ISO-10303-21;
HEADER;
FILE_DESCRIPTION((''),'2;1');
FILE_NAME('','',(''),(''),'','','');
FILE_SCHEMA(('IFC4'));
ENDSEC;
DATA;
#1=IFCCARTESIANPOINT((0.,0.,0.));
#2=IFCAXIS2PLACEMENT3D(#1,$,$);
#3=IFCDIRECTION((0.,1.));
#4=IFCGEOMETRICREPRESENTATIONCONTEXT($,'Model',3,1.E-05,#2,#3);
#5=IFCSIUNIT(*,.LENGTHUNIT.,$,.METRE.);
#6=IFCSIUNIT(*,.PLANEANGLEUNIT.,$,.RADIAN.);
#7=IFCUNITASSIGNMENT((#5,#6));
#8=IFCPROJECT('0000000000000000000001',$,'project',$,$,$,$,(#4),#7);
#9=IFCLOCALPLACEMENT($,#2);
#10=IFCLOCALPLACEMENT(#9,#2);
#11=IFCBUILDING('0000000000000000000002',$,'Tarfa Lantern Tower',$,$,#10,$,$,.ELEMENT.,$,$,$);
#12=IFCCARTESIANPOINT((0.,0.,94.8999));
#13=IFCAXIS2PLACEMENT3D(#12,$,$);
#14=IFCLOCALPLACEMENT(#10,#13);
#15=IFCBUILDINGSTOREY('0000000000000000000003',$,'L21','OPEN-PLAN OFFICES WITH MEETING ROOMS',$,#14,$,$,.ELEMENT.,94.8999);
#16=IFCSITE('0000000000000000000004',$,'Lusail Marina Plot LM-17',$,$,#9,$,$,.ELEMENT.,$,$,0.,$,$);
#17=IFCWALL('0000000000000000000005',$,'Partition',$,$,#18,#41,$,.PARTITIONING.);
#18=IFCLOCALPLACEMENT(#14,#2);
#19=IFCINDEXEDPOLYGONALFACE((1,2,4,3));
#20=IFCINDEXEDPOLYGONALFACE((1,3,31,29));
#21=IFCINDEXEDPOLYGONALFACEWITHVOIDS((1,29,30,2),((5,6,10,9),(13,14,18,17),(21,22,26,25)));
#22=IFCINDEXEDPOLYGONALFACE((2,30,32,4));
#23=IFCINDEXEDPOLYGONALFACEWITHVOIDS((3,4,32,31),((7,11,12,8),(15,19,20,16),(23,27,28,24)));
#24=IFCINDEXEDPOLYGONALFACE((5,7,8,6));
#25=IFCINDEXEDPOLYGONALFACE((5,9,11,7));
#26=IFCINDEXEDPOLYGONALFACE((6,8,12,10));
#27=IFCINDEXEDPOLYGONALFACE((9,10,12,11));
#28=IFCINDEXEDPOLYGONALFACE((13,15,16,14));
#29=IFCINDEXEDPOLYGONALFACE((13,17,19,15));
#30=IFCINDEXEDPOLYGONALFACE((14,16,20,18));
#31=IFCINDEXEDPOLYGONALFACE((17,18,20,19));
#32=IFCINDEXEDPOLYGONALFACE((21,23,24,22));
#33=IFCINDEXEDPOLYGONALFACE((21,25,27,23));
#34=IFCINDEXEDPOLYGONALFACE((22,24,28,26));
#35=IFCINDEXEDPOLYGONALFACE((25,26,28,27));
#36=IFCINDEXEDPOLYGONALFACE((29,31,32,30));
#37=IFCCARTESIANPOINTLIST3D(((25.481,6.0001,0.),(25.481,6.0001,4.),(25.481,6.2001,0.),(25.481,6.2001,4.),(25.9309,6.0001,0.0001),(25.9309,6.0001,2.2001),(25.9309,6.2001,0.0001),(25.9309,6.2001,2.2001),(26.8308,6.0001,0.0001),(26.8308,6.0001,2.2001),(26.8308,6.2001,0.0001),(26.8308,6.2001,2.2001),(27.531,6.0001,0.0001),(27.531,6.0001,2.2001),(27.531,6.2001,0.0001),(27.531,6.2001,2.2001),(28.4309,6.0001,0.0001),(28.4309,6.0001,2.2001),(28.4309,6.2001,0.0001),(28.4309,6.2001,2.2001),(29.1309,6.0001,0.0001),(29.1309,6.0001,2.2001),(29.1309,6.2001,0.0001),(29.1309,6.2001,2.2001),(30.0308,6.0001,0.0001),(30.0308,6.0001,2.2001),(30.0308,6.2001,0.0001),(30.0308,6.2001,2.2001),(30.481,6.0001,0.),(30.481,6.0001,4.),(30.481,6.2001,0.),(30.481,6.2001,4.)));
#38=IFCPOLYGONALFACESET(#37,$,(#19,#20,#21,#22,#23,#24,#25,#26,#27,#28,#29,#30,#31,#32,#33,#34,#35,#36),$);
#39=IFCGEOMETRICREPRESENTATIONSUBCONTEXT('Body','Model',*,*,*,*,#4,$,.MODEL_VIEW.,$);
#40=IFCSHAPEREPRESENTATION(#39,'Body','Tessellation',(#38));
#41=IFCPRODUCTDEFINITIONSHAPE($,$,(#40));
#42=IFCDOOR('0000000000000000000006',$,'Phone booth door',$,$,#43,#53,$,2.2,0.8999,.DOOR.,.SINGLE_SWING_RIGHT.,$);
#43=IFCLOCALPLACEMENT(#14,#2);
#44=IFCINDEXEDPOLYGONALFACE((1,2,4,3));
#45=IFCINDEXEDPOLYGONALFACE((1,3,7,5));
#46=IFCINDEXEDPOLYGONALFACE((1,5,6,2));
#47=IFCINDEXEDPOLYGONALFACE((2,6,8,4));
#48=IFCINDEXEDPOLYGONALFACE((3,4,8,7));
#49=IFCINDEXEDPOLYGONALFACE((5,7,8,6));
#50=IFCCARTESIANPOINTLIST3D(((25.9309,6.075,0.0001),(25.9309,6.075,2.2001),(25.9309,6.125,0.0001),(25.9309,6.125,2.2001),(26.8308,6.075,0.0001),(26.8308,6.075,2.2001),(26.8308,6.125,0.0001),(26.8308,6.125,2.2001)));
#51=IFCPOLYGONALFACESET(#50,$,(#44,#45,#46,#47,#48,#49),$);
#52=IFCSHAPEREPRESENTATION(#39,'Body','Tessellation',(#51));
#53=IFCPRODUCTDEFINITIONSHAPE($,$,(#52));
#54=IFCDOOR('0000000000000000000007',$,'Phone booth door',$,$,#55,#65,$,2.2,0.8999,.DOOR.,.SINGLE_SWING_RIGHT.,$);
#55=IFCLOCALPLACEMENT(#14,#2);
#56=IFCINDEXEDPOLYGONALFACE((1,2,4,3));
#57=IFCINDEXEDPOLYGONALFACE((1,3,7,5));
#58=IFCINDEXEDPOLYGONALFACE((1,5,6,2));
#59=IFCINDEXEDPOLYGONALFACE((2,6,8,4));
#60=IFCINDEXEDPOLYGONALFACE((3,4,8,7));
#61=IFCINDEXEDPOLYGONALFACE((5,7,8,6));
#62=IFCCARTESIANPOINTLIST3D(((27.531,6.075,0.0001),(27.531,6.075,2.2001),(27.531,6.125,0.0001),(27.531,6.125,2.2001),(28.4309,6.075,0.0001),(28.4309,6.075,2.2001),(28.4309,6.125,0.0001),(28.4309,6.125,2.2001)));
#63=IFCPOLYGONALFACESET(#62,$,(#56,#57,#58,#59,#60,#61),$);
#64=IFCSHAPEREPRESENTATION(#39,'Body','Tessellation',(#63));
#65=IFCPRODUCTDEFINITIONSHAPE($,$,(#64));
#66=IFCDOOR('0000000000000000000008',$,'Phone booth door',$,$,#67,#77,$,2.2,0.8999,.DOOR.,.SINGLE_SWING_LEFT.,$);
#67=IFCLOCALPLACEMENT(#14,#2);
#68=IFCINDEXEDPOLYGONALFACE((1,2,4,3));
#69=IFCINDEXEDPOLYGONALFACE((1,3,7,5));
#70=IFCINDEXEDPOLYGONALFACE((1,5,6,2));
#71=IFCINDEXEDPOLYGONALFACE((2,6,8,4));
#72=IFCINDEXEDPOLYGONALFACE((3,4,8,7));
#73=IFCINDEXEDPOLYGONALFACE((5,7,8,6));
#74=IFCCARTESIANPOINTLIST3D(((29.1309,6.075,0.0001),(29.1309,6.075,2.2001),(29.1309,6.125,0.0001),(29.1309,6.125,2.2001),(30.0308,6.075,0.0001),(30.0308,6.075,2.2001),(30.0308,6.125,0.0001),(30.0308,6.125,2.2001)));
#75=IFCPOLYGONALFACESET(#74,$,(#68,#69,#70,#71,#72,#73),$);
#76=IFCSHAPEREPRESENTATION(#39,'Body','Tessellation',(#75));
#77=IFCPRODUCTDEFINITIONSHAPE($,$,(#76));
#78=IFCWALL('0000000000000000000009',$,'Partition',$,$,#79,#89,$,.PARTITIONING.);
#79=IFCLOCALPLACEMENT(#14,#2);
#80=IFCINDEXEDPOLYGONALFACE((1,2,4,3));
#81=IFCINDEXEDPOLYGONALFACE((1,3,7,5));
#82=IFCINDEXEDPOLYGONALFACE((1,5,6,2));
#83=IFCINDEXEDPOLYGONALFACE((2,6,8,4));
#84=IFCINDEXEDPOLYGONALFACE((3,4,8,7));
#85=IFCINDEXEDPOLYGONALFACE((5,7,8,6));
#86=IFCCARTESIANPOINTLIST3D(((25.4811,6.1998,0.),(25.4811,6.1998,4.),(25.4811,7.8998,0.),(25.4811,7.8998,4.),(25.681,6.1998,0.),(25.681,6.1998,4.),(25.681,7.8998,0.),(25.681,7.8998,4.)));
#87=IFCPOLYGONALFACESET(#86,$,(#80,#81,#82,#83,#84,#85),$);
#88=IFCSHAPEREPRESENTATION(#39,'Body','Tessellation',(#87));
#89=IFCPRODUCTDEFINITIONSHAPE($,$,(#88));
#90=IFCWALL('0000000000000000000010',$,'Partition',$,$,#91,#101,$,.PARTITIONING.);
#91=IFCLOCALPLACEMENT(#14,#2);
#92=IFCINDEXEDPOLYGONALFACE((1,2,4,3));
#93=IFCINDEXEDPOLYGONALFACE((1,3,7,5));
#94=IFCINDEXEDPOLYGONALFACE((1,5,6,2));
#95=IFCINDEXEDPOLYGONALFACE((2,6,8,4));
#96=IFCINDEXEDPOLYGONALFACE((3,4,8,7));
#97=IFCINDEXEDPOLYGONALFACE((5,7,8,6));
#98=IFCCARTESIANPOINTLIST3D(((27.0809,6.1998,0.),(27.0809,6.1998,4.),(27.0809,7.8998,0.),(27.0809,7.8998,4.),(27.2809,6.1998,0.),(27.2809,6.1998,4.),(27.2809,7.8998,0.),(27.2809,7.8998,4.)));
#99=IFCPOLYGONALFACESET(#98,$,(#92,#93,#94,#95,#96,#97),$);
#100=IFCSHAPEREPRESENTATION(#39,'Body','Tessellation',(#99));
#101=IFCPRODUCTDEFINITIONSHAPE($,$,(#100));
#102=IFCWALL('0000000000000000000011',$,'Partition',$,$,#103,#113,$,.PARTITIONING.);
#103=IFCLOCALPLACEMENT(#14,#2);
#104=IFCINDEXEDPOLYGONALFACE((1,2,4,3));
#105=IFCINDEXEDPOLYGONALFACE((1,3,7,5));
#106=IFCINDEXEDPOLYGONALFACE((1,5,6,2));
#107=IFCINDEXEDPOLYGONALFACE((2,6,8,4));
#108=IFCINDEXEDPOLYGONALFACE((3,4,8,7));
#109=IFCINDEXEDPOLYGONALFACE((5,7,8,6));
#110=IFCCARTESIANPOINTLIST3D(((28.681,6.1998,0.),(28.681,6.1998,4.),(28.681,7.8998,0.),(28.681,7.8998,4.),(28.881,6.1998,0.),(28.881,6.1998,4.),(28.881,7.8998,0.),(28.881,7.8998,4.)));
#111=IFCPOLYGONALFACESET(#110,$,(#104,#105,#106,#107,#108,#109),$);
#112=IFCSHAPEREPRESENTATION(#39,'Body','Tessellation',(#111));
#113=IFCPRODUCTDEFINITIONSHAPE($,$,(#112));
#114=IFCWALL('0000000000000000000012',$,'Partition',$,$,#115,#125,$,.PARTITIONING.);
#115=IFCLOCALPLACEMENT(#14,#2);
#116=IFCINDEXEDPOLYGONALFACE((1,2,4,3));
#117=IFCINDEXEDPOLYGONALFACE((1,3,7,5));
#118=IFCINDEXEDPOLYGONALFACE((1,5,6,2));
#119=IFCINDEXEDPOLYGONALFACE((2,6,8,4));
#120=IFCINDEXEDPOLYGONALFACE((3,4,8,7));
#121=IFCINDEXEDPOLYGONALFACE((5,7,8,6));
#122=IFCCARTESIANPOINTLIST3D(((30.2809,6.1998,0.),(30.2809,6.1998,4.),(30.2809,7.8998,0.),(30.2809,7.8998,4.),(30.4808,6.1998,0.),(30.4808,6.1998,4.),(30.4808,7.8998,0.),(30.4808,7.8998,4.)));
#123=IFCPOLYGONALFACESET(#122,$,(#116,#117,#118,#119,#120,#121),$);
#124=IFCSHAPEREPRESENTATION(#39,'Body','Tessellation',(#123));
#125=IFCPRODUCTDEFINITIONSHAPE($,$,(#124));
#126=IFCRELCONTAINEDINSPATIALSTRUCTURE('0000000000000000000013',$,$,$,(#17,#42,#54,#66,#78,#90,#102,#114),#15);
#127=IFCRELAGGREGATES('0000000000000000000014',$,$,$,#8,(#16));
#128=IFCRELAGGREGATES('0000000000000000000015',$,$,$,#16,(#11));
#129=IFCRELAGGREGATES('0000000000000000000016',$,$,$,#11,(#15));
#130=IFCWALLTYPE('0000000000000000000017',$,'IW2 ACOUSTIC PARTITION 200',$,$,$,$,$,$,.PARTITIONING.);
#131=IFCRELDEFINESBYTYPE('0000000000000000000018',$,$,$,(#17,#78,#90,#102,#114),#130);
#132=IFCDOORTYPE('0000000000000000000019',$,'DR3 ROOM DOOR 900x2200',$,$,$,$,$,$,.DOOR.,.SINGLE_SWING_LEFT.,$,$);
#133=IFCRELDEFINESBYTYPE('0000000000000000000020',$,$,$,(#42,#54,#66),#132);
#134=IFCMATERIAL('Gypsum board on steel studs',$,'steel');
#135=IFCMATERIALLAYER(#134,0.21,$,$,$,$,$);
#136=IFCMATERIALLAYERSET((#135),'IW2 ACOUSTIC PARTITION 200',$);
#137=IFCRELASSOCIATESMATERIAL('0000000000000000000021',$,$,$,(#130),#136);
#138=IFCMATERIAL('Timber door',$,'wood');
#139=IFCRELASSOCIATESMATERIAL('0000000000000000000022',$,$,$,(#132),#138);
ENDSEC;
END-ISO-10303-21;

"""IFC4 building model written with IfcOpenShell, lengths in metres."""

from ifc_helpers import new_model, si_unit, direction, frame, frame_2d, origin, place, context, subcontext, project, spatial, rectangle, extrude, material, layer, layer_set, type_object, element, fill, save


model = new_model("IFC4")

# Units and contexts
model_context = context("Model", 3, precision=1e-05, world=origin(), true_north=direction((0.0, 1.0)))
body_context = subcontext(model_context, "Body", "Model", "MODEL_VIEW")
ifc_project = project(units=[si_unit("LENGTHUNIT", "METRE"), si_unit("PLANEANGLEUNIT", "RADIAN")], contexts=[model_context])

# Site, building, storey
site_placement = place(None, origin())
site = spatial("IfcSite", under=ifc_project, at=site_placement, Name="Lusail Marina Plot LM-17", CompositionType="ELEMENT", RefElevation=0.0)
building_placement = place(site_placement, origin())
building = spatial("IfcBuilding", under=site, at=building_placement, Name="Tarfa Lantern Tower", CompositionType="ELEMENT")
storey_placement = place(building_placement, frame((0.0, 0.0, 94.8999)))
storey = spatial("IfcBuildingStorey", under=building, at=storey_placement, Name="L21", Description="OPEN-PLAN OFFICES WITH MEETING ROOMS", CompositionType="ELEMENT", Elevation=94.8999)

# Wall, openings, doors
ifc_material_1 = material(Name="Gypsum board on steel studs", Category="steel")
ifc_layer_1 = layer(ifc_material_1, 0.21)
ifc_layer_set_1 = layer_set([ifc_layer_1], Name="IW2 ACOUSTIC PARTITION 200")
wall_type = type_object("IfcWallType", Name="IW2 ACOUSTIC PARTITION 200", PredefinedType="PARTITIONING", material=ifc_layer_set_1)
wall_placement = place(storey_placement, frame((25.481, 6.1001, 0.0), z_axis=(0.0, 0.0, 1.0), x_axis=(1.0, 0.0, 0.0)))
wall = element("IfcWall", 1, at=wall_placement, inside=storey, type_object=wall_type, Name="Partition", PredefinedType="PARTITIONING", context=body_context, shape_type="SweptSolid", body=[
    extrude(rectangle(XDim=5.0, YDim=0.2, at=frame_2d((2.5, 0.0))), origin(), (0.0, 0.0, 1.0), 4.0),
])
opening_1_placement = place(wall_placement, frame((0.45, 0.0, 0.0)))
opening_1 = element("IfcOpeningElement", 2, at=opening_1_placement, cuts=wall, PredefinedType="OPENING", context=body_context, shape_type="SweptSolid", body=[
    extrude(rectangle(XDim=0.8999, YDim=2.2, at=frame_2d((0.45, 1.1001))), frame((0.0, 0.1099, 0.0), z_axis=(0.0, -1.0, 0.0), x_axis=(1.0, 0.0, 0.0)), (0.0, 0.0, 1.0), 0.22),
])
opening_2_placement = place(wall_placement, frame((2.05, 0.0, 0.0)))
opening_2 = element("IfcOpeningElement", 3, at=opening_2_placement, cuts=wall, PredefinedType="OPENING", context=body_context, shape_type="SweptSolid", body=[
    extrude(rectangle(XDim=0.8999, YDim=2.2, at=frame_2d((0.45, 1.1001))), frame((0.0, 0.1099, 0.0), z_axis=(0.0, -1.0, 0.0), x_axis=(1.0, 0.0, 0.0)), (0.0, 0.0, 1.0), 0.22),
])
opening_3_placement = place(wall_placement, frame((3.6499, 0.0, 0.0)))
opening_3 = element("IfcOpeningElement", 4, at=opening_3_placement, cuts=wall, PredefinedType="OPENING", context=body_context, shape_type="SweptSolid", body=[
    extrude(rectangle(XDim=0.8999, YDim=2.2, at=frame_2d((0.45, 1.1001))), frame((0.0, 0.1099, 0.0), z_axis=(0.0, -1.0, 0.0), x_axis=(1.0, 0.0, 0.0)), (0.0, 0.0, 1.0), 0.22),
])
ifc_material_2 = material(Name="Timber door", Category="wood")
door_type = type_object("IfcDoorType", Name="DR3 ROOM DOOR 900x2200", OperationType="SINGLE_SWING_LEFT", PredefinedType="DOOR", material=ifc_material_2)
door_1_placement = place(opening_1_placement, origin())
door_1 = element("IfcDoor", 5, at=door_1_placement, inside=storey, type_object=door_type, Name="Phone booth door", OperationType="SINGLE_SWING_RIGHT", OverallHeight=2.2, OverallWidth=0.8999, PredefinedType="DOOR", context=body_context, shape_type="SweptSolid", body=[
    extrude(rectangle(XDim=0.8999, YDim=2.2, at=frame_2d((0.45, 1.1001))), frame((0.0, 0.0249, 0.0), z_axis=(0.0, -1.0, 0.0), x_axis=(1.0, 0.0, 0.0)), (0.0, 0.0, 1.0), 0.05),
])
fill(opening_1, door_1)
door_2_placement = place(opening_2_placement, origin())
door_2 = element("IfcDoor", 6, at=door_2_placement, inside=storey, type_object=door_type, Name="Phone booth door", OperationType="SINGLE_SWING_RIGHT", OverallHeight=2.2, OverallWidth=0.8999, PredefinedType="DOOR", context=body_context, shape_type="SweptSolid", body=[
    extrude(rectangle(XDim=0.8999, YDim=2.2, at=frame_2d((0.45, 1.1001))), frame((0.0, 0.0249, 0.0), z_axis=(0.0, -1.0, 0.0), x_axis=(1.0, 0.0, 0.0)), (0.0, 0.0, 1.0), 0.05),
])
fill(opening_2, door_2)
door_3_placement = place(opening_3_placement, origin())
door_3 = element("IfcDoor", 7, at=door_3_placement, inside=storey, type_object=door_type, Name="Phone booth door", OperationType="SINGLE_SWING_LEFT", OverallHeight=2.2, OverallWidth=0.8999, PredefinedType="DOOR", context=body_context, shape_type="SweptSolid", body=[
    extrude(rectangle(XDim=0.8999, YDim=2.2, at=frame_2d((0.45, 1.1001))), frame((0.0, 0.0249, 0.0), z_axis=(0.0, -1.0, 0.0), x_axis=(1.0, 0.0, 0.0)), (0.0, 0.0, 1.0), 0.05),
])
fill(opening_3, door_3)

# Walls
for number, where, z_axis, x_axis, name in (
    (8, (25.5811, 7.8999, 0.0), (0.0, 0.0, 1.0), (0.0, -1.0, 0.0), "Partition"),
    (9, (27.1809, 7.8999, 0.0), (0.0, 0.0, 1.0), (0.0, -1.0, 0.0), "Partition"),
    (10, (28.781, 7.8999, 0.0), (0.0, 0.0, 1.0), (0.0, -1.0, 0.0), "Partition"),
    (11, (30.3809, 7.8999, 0.0), (0.0, 0.0, 1.0), (0.0, -1.0, 0.0), "Partition"),
):
    element("IfcWall", number, at=place(storey_placement, frame(where, z_axis=z_axis, x_axis=x_axis)), inside=storey, type_object=wall_type, Name=name, PredefinedType="PARTITIONING", context=body_context, shape_type="SweptSolid", body=[
        extrude(rectangle(XDim=1.7, YDim=0.2, at=frame_2d((0.8501, 0.0))), origin(), (0.0, 0.0, 1.0), 4.0),
    ])

save(model, "model.ifc")
